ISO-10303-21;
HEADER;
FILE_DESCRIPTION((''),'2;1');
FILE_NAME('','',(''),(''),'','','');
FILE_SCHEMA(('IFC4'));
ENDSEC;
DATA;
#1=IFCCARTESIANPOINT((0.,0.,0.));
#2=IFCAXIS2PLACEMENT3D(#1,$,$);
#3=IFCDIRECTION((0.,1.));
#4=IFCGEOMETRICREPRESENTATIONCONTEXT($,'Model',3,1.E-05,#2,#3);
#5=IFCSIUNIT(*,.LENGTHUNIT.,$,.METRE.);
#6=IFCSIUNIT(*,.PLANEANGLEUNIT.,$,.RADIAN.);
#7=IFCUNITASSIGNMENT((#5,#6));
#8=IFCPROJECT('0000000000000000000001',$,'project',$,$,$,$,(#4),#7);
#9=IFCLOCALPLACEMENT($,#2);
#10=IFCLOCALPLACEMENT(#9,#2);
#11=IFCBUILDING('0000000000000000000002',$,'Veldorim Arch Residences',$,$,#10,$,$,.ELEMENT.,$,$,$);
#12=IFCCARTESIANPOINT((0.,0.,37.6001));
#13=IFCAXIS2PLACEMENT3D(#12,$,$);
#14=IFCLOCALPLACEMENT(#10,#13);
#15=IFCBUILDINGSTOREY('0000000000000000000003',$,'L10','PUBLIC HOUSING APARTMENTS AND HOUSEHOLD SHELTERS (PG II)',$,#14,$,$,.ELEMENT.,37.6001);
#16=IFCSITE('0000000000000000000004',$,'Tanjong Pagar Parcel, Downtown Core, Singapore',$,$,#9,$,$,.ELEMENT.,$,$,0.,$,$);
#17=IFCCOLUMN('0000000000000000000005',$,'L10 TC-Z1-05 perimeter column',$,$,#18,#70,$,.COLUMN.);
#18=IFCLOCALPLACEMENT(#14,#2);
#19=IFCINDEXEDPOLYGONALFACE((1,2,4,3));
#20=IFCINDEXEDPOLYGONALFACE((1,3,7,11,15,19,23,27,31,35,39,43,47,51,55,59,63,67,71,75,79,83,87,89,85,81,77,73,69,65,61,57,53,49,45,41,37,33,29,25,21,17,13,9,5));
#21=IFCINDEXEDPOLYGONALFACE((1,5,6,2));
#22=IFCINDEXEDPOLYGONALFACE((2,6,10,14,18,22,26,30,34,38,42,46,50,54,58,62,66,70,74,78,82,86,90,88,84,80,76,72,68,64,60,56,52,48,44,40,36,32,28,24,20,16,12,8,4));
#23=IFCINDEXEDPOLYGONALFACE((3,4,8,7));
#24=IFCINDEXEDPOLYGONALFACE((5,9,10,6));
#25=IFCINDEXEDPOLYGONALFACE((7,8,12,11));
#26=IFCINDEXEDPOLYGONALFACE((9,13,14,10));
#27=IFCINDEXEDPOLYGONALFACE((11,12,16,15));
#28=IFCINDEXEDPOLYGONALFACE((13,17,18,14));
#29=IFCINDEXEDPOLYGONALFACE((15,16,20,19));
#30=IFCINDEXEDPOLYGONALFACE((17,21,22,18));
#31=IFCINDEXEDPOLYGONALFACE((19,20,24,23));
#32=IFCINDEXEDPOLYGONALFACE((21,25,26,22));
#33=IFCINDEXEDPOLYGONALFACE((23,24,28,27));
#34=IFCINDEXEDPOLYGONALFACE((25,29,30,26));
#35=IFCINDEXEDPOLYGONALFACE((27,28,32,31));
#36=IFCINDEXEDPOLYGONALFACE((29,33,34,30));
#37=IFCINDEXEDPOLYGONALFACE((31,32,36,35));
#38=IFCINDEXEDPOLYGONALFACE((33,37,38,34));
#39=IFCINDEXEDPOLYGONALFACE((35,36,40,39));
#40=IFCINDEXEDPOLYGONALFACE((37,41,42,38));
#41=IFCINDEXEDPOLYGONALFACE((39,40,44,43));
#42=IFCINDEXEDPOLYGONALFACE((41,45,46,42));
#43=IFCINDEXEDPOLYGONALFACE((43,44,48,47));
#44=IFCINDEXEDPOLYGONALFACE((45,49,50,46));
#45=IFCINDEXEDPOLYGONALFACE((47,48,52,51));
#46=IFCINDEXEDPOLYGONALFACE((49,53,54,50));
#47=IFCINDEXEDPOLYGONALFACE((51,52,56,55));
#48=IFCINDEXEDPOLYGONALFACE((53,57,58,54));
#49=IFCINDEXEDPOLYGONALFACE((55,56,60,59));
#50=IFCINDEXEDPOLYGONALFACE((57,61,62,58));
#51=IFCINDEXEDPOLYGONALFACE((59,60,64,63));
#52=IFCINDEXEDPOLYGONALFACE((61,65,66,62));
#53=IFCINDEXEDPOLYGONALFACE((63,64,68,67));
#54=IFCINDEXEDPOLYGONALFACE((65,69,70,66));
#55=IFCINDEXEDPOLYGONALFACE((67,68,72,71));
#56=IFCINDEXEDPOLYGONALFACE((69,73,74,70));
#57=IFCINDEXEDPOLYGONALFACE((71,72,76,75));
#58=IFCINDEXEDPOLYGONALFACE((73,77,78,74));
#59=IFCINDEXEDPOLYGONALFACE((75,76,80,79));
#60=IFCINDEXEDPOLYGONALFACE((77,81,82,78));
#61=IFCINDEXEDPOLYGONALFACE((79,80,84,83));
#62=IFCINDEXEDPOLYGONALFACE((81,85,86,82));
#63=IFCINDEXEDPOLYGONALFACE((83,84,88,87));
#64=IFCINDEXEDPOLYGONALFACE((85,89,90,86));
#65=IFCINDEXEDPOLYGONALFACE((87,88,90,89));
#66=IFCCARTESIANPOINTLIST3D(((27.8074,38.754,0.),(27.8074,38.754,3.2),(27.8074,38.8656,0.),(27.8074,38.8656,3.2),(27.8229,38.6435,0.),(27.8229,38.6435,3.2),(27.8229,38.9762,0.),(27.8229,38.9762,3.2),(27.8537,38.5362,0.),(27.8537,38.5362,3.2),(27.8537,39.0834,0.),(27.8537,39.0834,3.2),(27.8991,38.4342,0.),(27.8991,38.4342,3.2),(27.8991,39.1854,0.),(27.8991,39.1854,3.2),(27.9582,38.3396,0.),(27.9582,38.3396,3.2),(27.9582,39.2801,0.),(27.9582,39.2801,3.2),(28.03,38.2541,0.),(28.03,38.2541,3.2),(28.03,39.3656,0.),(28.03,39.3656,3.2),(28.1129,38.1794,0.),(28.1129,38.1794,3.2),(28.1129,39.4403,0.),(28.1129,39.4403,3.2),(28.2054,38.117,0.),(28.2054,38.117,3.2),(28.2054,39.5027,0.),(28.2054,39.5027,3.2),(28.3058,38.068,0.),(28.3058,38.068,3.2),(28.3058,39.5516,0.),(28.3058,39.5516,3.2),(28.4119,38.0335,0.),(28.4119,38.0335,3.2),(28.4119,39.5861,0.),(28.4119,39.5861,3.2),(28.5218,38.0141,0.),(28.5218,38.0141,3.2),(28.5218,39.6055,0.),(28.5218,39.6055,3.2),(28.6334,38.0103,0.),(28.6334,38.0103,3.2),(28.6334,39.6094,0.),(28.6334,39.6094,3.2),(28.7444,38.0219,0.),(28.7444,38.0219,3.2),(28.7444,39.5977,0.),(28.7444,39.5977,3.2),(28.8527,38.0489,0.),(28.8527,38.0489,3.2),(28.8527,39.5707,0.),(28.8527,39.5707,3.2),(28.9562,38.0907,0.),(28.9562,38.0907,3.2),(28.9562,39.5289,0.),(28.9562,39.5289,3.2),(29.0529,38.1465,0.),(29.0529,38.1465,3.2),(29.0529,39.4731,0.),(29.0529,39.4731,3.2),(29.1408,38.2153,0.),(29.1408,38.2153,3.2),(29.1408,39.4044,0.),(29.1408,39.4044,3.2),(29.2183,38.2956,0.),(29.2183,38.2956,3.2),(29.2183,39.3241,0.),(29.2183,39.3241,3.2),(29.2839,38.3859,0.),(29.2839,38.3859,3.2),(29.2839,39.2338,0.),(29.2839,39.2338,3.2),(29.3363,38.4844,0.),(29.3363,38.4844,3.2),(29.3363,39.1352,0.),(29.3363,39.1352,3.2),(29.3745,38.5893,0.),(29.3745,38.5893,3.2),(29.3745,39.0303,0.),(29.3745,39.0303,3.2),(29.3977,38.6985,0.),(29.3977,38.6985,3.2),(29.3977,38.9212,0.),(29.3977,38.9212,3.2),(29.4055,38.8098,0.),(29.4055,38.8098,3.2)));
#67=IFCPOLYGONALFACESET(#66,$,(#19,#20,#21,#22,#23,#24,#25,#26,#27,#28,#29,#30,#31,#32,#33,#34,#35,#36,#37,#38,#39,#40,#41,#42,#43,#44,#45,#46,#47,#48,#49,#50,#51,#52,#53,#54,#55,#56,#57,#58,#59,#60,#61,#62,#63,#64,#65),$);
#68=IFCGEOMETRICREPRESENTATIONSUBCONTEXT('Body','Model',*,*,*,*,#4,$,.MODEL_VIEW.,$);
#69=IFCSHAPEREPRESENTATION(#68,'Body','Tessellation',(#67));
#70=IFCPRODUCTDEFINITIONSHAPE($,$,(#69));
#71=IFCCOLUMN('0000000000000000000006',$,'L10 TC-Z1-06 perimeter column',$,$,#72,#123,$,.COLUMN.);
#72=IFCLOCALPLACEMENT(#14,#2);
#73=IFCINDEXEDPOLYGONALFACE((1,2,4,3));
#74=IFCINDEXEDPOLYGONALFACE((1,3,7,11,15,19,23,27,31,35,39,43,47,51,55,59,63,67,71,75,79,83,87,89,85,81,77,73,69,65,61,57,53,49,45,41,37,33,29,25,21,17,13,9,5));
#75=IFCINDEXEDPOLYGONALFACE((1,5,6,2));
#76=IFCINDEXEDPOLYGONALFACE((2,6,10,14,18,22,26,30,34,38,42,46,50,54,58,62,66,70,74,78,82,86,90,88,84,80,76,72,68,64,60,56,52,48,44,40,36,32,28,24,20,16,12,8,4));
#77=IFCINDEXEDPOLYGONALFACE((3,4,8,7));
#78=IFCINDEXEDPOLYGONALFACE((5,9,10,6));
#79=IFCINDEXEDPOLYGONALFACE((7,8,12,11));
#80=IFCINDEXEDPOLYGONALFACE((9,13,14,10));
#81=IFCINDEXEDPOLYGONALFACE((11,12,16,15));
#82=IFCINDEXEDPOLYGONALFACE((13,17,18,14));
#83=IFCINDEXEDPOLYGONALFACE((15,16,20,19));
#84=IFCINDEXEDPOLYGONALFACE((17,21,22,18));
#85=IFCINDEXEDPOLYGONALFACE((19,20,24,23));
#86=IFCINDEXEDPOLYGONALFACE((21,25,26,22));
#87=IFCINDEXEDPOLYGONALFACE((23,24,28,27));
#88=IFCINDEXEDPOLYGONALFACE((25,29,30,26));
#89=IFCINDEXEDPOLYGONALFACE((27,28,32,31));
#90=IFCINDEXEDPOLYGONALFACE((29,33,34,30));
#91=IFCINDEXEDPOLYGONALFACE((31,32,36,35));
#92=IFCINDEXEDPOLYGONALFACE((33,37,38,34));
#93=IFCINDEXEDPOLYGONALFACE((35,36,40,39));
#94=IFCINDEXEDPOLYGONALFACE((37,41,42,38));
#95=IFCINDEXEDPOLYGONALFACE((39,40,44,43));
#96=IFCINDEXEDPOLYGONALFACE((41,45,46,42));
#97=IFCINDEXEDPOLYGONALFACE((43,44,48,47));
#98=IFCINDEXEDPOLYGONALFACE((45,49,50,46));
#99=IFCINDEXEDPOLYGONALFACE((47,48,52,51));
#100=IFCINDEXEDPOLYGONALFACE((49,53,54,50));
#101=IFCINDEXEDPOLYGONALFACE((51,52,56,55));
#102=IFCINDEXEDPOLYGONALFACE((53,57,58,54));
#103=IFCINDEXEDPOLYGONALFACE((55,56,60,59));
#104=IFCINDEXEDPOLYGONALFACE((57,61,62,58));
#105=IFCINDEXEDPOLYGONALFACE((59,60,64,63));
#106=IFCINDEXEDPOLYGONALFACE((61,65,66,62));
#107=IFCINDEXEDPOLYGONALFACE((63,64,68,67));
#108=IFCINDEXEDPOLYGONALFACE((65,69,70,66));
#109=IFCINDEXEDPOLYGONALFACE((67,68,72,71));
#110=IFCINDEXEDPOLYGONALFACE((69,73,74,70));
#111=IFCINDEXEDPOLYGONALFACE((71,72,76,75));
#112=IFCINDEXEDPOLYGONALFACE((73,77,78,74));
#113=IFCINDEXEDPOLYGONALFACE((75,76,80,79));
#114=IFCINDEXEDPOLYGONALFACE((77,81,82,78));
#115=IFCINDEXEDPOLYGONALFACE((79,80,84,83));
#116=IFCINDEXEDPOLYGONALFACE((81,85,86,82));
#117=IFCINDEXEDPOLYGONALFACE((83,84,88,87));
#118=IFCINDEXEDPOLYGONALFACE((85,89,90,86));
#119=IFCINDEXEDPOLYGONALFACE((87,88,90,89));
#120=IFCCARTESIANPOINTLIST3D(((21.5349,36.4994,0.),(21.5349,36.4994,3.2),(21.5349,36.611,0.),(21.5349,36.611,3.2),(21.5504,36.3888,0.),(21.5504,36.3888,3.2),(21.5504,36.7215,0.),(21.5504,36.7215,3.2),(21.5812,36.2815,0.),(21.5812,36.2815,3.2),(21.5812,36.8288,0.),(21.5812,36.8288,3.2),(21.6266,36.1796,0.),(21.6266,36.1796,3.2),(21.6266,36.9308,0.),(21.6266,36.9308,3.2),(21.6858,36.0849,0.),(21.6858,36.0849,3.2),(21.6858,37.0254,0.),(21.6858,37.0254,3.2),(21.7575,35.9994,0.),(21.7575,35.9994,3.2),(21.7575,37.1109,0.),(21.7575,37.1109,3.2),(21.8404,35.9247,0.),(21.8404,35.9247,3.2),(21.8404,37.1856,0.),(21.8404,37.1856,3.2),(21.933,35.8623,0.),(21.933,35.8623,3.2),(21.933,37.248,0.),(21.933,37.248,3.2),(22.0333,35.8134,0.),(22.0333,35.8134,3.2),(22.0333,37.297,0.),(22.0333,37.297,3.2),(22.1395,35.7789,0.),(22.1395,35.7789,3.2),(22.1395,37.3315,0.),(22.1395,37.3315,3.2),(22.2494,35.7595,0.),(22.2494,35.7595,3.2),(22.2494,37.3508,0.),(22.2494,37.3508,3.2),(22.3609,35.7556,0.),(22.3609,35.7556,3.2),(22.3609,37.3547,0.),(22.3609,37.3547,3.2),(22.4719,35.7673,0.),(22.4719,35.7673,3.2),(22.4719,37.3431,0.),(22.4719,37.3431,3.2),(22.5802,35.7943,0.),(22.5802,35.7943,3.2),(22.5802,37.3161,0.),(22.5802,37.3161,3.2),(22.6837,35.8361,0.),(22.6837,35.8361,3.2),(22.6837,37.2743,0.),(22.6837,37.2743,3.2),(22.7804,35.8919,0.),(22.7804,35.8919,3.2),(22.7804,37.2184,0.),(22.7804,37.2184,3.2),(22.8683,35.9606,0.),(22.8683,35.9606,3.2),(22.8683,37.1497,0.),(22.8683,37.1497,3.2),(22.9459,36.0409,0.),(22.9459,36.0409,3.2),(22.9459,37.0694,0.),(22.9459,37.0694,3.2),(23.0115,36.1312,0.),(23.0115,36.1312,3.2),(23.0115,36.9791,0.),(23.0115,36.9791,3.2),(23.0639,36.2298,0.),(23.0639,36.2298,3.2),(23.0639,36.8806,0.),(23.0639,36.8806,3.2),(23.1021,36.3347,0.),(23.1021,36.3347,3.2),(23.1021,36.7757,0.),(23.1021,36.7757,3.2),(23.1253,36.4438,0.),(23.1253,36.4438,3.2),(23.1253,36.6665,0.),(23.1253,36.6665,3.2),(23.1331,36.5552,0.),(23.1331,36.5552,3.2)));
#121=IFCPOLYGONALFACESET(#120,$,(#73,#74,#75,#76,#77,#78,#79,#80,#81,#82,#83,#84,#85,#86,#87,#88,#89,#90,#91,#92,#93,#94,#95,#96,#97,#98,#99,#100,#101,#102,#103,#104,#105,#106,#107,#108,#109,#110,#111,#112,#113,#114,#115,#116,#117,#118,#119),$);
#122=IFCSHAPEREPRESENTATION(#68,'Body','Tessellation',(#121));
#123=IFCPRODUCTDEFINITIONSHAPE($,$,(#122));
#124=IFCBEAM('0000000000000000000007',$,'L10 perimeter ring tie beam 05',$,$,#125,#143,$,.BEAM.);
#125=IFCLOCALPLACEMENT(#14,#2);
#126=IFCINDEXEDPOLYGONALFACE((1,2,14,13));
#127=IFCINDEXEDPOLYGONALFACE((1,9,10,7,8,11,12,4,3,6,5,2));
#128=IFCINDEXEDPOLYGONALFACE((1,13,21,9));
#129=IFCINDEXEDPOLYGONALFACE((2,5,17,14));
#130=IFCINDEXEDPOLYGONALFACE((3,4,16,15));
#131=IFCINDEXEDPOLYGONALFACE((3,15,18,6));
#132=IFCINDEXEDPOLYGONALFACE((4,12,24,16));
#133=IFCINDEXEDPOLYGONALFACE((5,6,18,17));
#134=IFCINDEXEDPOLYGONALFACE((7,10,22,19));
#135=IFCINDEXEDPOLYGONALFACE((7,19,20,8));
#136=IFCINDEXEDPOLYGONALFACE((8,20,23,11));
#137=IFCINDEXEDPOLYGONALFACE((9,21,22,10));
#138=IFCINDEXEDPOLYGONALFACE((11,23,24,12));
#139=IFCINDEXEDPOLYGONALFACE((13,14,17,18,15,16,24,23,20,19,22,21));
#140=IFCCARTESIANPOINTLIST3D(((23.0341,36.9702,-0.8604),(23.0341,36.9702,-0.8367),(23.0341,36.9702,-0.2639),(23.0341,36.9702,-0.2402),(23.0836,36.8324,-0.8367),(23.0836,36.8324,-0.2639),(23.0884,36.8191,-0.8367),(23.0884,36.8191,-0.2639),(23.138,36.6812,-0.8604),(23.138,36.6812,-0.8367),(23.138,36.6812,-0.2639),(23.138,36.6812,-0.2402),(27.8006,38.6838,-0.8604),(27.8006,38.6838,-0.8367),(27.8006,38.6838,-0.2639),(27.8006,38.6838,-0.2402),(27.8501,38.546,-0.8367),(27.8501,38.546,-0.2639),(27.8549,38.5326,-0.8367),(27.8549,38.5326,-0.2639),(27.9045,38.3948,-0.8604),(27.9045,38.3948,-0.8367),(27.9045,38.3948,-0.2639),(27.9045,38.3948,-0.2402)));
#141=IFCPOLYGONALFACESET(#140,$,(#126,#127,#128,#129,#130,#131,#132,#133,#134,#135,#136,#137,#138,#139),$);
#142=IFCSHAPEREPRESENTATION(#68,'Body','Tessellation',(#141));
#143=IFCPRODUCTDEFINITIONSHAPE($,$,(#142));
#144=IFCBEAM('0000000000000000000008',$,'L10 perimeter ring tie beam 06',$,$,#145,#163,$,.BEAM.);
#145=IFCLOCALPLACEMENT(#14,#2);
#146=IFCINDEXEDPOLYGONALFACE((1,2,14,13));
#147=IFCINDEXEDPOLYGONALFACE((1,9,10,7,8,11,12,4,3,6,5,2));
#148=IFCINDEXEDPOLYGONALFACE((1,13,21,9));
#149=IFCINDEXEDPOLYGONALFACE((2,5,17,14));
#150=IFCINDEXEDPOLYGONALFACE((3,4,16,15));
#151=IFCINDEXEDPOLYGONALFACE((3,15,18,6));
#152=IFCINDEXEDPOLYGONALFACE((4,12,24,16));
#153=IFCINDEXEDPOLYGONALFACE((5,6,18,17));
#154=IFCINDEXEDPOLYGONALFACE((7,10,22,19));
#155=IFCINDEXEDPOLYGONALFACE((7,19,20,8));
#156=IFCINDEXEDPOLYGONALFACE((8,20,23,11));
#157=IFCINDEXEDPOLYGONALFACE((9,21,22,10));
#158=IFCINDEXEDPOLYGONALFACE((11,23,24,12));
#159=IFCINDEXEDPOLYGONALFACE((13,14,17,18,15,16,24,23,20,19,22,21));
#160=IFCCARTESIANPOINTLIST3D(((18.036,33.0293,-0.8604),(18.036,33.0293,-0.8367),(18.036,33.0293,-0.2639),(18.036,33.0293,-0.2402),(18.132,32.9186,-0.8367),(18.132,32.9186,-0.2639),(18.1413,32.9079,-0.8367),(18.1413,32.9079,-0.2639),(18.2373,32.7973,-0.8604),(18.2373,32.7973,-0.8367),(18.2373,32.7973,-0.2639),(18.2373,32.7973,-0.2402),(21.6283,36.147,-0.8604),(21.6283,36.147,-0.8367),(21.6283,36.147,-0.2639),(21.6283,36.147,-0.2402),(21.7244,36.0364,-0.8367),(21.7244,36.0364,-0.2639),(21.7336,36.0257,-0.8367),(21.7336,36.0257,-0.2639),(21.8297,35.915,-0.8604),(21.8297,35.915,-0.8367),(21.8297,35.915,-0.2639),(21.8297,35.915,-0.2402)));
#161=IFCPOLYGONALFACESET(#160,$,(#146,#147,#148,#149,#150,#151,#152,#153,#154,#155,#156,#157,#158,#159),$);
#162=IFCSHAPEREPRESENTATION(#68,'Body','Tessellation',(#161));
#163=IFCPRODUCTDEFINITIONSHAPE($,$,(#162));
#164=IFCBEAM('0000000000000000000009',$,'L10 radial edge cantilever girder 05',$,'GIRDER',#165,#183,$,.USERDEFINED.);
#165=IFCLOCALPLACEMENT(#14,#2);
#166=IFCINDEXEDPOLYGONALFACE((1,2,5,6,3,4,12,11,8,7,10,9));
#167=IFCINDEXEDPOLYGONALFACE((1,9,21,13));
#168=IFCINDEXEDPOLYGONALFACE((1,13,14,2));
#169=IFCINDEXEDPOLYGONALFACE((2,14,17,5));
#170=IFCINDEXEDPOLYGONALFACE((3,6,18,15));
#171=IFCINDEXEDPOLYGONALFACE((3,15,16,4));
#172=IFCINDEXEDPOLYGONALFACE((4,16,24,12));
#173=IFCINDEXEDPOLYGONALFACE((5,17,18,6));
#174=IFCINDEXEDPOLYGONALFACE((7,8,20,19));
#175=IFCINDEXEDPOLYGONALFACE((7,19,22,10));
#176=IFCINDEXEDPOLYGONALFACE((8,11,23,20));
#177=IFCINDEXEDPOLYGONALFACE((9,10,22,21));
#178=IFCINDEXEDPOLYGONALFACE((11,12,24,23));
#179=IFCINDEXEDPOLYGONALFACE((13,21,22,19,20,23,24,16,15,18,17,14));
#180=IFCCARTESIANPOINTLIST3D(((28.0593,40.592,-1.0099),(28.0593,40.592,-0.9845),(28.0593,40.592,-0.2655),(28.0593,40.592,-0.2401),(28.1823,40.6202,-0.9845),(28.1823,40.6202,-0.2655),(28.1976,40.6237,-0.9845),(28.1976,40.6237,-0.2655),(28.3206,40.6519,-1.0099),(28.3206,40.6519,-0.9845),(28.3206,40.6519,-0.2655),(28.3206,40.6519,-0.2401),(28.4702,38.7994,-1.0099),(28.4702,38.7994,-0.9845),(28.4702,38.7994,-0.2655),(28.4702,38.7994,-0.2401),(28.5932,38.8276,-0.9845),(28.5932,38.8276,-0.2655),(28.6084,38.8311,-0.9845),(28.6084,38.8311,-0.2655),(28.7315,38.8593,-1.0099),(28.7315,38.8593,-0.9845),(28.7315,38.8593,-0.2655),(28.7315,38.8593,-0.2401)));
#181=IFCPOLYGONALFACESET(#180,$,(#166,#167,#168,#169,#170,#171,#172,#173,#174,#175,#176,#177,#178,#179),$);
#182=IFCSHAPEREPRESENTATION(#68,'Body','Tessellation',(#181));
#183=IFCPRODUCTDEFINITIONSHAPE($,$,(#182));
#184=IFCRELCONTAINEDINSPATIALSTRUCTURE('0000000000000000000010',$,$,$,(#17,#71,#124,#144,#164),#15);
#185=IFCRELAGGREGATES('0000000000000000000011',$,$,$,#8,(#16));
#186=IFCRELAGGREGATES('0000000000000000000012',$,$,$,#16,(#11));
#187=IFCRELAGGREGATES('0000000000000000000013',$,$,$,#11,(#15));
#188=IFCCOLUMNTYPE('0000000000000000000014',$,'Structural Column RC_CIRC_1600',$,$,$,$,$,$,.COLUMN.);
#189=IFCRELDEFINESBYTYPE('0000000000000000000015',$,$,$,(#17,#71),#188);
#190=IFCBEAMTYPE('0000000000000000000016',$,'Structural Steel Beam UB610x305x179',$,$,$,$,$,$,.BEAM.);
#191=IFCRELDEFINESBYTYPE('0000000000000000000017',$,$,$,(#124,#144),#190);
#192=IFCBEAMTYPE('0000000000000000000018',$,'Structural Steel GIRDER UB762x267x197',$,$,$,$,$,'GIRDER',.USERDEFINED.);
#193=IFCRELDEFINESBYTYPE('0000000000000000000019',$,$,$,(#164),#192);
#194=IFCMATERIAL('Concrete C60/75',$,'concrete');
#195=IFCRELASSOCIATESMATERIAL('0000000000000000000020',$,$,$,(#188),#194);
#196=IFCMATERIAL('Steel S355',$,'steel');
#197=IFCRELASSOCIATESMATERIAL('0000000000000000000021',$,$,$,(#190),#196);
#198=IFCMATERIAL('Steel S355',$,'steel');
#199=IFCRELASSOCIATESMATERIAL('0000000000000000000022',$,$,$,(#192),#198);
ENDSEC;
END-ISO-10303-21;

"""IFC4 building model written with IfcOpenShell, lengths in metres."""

from ifc_helpers import new_model, si_unit, direction, frame, origin, origin_2d, place, context, subcontext, project, spatial, circle, i_section, extrude, material, material_profile, profile_set, type_object, element, save


model = new_model("IFC4")

# Units and contexts
model_context = context("Model", 3, precision=1e-05, world=origin(), true_north=direction((0.0, 1.0)))
body_context = subcontext(model_context, "Body", "Model", "MODEL_VIEW")
ifc_project = project(units=[si_unit("LENGTHUNIT", "METRE"), si_unit("PLANEANGLEUNIT", "RADIAN")], contexts=[model_context])

# Site, building, storey
site_placement = place(None, origin())
site = spatial("IfcSite", under=ifc_project, at=site_placement, Name="Tanjong Pagar Parcel, Downtown Core, Singapore", CompositionType="ELEMENT", RefElevation=0.0)
building_placement = place(site_placement, origin())
building = spatial("IfcBuilding", under=site, at=building_placement, Name="Veldorim Arch Residences", CompositionType="ELEMENT")
storey_placement = place(building_placement, frame((0.0, 0.0, 37.6001)))
storey = spatial("IfcBuildingStorey", under=building, at=storey_placement, Name="L10", Description="PUBLIC HOUSING APARTMENTS AND HOUSEHOLD SHELTERS (PG II)", CompositionType="ELEMENT", Elevation=37.6001)

# Columns
ifc_material_1 = material(Name="Concrete C60/75", Category="concrete")
ifc_material_profile_1 = material_profile(ifc_material_1, circle(Radius=0.8, at=origin_2d()), Name="RC_CIRC_1600")
ifc_profile_set_1 = profile_set([ifc_material_profile_1], Name="Concrete C60/75")
column_type = type_object("IfcColumnType", Name="Structural Column RC_CIRC_1600", PredefinedType="COLUMN", material=ifc_profile_set_1)
for number, where, z_axis, x_axis, name in (
    (1, (28.6055, 38.8098, 0.0), (0.0, 0.0, 1.0), (1.0, 0.0, 0.0), "L10 TC-Z1-05 perimeter column"),
    (2, (22.333, 36.5552, 0.0), (0.0, 0.0, 1.0), (1.0, 0.0, 0.0), "L10 TC-Z1-06 perimeter column"),
):
    element("IfcColumn", number, at=place(storey_placement, frame(where, z_axis=z_axis, x_axis=x_axis)), inside=storey, type_object=column_type, Name=name, PredefinedType="COLUMN", context=body_context, shape_type="SweptSolid", body=[
        extrude(circle(Radius=0.8, at=origin_2d()), origin(), (0.0, 0.0, 1.0), 3.2),
    ])

# Beams
ifc_material_2 = material(Name="Steel S355", Category="steel")
ifc_material_profile_2 = material_profile(ifc_material_2, i_section(OverallWidth=0.3071, OverallDepth=0.6201, WebThickness=0.0142, FlangeThickness=0.0237, at=origin_2d()), Name="UB610x305x179")
ifc_profile_set_2 = profile_set([ifc_material_profile_2], Name="Steel S355")
beam_type_1 = type_object("IfcBeamType", Name="Structural Steel Beam UB610x305x179", PredefinedType="BEAM", material=ifc_profile_set_2)
beam_1_placement = place(storey_placement, frame((27.8525, 38.5393, -0.5503), z_axis=(-0.941035, -0.338308, 0.0), x_axis=(0.338308, -0.941035, 0.0)))
element("IfcBeam", 3, at=beam_1_placement, inside=storey, type_object=beam_type_1, Name="L10 perimeter ring tie beam 05", PredefinedType="BEAM", context=body_context, shape_type="SweptSolid", body=[
    extrude(i_section(OverallWidth=0.3071, OverallDepth=0.6201, WebThickness=0.0142, FlangeThickness=0.0237, at=origin_2d()), origin(), (0.0, 0.0, 1.0), 5.0652),
])
beam_2_placement = place(storey_placement, frame((21.729, 36.031, -0.5503), z_axis=(-0.755235, -0.655454, 0.0), x_axis=(0.655454, -0.755235, 0.0)))
element("IfcBeam", 4, at=beam_2_placement, inside=storey, type_object=beam_type_1, Name="L10 perimeter ring tie beam 06", PredefinedType="BEAM", context=body_context, shape_type="SweptSolid", body=[
    extrude(i_section(OverallWidth=0.3071, OverallDepth=0.6201, WebThickness=0.0142, FlangeThickness=0.0237, at=origin_2d()), origin(), (0.0, 0.0, 1.0), 4.7566),
])
ifc_material_3 = material(Name="Steel S355", Category="steel")
ifc_material_profile_3 = material_profile(ifc_material_3, i_section(OverallWidth=0.2681, OverallDepth=0.7698, WebThickness=0.0156, FlangeThickness=0.0254, at=origin_2d()), Name="UB762x267x197")
ifc_profile_set_3 = profile_set([ifc_material_profile_3], Name="Steel S355")
beam_type_2 = type_object("IfcBeamType", Name="Structural Steel GIRDER UB762x267x197", ElementType="GIRDER", PredefinedType="USERDEFINED", material=ifc_profile_set_3)
beam_3_placement = place(storey_placement, frame((28.6008, 38.8293, -0.625), z_axis=(-0.223405, 0.974726, 0.0), x_axis=(-0.974726, -0.223405, 0.0)))
element("IfcBeam", 5, at=beam_3_placement, inside=storey, type_object=beam_type_2, Name="L10 radial edge cantilever girder 05", ObjectType="GIRDER", PredefinedType="USERDEFINED", context=body_context, shape_type="SweptSolid", body=[
    extrude(i_section(OverallWidth=0.2681, OverallDepth=0.7698, WebThickness=0.0156, FlangeThickness=0.0254, at=origin_2d()), origin(), (0.0, 0.0, 1.0), 1.8391),
])

save(model, "model.ifc")
